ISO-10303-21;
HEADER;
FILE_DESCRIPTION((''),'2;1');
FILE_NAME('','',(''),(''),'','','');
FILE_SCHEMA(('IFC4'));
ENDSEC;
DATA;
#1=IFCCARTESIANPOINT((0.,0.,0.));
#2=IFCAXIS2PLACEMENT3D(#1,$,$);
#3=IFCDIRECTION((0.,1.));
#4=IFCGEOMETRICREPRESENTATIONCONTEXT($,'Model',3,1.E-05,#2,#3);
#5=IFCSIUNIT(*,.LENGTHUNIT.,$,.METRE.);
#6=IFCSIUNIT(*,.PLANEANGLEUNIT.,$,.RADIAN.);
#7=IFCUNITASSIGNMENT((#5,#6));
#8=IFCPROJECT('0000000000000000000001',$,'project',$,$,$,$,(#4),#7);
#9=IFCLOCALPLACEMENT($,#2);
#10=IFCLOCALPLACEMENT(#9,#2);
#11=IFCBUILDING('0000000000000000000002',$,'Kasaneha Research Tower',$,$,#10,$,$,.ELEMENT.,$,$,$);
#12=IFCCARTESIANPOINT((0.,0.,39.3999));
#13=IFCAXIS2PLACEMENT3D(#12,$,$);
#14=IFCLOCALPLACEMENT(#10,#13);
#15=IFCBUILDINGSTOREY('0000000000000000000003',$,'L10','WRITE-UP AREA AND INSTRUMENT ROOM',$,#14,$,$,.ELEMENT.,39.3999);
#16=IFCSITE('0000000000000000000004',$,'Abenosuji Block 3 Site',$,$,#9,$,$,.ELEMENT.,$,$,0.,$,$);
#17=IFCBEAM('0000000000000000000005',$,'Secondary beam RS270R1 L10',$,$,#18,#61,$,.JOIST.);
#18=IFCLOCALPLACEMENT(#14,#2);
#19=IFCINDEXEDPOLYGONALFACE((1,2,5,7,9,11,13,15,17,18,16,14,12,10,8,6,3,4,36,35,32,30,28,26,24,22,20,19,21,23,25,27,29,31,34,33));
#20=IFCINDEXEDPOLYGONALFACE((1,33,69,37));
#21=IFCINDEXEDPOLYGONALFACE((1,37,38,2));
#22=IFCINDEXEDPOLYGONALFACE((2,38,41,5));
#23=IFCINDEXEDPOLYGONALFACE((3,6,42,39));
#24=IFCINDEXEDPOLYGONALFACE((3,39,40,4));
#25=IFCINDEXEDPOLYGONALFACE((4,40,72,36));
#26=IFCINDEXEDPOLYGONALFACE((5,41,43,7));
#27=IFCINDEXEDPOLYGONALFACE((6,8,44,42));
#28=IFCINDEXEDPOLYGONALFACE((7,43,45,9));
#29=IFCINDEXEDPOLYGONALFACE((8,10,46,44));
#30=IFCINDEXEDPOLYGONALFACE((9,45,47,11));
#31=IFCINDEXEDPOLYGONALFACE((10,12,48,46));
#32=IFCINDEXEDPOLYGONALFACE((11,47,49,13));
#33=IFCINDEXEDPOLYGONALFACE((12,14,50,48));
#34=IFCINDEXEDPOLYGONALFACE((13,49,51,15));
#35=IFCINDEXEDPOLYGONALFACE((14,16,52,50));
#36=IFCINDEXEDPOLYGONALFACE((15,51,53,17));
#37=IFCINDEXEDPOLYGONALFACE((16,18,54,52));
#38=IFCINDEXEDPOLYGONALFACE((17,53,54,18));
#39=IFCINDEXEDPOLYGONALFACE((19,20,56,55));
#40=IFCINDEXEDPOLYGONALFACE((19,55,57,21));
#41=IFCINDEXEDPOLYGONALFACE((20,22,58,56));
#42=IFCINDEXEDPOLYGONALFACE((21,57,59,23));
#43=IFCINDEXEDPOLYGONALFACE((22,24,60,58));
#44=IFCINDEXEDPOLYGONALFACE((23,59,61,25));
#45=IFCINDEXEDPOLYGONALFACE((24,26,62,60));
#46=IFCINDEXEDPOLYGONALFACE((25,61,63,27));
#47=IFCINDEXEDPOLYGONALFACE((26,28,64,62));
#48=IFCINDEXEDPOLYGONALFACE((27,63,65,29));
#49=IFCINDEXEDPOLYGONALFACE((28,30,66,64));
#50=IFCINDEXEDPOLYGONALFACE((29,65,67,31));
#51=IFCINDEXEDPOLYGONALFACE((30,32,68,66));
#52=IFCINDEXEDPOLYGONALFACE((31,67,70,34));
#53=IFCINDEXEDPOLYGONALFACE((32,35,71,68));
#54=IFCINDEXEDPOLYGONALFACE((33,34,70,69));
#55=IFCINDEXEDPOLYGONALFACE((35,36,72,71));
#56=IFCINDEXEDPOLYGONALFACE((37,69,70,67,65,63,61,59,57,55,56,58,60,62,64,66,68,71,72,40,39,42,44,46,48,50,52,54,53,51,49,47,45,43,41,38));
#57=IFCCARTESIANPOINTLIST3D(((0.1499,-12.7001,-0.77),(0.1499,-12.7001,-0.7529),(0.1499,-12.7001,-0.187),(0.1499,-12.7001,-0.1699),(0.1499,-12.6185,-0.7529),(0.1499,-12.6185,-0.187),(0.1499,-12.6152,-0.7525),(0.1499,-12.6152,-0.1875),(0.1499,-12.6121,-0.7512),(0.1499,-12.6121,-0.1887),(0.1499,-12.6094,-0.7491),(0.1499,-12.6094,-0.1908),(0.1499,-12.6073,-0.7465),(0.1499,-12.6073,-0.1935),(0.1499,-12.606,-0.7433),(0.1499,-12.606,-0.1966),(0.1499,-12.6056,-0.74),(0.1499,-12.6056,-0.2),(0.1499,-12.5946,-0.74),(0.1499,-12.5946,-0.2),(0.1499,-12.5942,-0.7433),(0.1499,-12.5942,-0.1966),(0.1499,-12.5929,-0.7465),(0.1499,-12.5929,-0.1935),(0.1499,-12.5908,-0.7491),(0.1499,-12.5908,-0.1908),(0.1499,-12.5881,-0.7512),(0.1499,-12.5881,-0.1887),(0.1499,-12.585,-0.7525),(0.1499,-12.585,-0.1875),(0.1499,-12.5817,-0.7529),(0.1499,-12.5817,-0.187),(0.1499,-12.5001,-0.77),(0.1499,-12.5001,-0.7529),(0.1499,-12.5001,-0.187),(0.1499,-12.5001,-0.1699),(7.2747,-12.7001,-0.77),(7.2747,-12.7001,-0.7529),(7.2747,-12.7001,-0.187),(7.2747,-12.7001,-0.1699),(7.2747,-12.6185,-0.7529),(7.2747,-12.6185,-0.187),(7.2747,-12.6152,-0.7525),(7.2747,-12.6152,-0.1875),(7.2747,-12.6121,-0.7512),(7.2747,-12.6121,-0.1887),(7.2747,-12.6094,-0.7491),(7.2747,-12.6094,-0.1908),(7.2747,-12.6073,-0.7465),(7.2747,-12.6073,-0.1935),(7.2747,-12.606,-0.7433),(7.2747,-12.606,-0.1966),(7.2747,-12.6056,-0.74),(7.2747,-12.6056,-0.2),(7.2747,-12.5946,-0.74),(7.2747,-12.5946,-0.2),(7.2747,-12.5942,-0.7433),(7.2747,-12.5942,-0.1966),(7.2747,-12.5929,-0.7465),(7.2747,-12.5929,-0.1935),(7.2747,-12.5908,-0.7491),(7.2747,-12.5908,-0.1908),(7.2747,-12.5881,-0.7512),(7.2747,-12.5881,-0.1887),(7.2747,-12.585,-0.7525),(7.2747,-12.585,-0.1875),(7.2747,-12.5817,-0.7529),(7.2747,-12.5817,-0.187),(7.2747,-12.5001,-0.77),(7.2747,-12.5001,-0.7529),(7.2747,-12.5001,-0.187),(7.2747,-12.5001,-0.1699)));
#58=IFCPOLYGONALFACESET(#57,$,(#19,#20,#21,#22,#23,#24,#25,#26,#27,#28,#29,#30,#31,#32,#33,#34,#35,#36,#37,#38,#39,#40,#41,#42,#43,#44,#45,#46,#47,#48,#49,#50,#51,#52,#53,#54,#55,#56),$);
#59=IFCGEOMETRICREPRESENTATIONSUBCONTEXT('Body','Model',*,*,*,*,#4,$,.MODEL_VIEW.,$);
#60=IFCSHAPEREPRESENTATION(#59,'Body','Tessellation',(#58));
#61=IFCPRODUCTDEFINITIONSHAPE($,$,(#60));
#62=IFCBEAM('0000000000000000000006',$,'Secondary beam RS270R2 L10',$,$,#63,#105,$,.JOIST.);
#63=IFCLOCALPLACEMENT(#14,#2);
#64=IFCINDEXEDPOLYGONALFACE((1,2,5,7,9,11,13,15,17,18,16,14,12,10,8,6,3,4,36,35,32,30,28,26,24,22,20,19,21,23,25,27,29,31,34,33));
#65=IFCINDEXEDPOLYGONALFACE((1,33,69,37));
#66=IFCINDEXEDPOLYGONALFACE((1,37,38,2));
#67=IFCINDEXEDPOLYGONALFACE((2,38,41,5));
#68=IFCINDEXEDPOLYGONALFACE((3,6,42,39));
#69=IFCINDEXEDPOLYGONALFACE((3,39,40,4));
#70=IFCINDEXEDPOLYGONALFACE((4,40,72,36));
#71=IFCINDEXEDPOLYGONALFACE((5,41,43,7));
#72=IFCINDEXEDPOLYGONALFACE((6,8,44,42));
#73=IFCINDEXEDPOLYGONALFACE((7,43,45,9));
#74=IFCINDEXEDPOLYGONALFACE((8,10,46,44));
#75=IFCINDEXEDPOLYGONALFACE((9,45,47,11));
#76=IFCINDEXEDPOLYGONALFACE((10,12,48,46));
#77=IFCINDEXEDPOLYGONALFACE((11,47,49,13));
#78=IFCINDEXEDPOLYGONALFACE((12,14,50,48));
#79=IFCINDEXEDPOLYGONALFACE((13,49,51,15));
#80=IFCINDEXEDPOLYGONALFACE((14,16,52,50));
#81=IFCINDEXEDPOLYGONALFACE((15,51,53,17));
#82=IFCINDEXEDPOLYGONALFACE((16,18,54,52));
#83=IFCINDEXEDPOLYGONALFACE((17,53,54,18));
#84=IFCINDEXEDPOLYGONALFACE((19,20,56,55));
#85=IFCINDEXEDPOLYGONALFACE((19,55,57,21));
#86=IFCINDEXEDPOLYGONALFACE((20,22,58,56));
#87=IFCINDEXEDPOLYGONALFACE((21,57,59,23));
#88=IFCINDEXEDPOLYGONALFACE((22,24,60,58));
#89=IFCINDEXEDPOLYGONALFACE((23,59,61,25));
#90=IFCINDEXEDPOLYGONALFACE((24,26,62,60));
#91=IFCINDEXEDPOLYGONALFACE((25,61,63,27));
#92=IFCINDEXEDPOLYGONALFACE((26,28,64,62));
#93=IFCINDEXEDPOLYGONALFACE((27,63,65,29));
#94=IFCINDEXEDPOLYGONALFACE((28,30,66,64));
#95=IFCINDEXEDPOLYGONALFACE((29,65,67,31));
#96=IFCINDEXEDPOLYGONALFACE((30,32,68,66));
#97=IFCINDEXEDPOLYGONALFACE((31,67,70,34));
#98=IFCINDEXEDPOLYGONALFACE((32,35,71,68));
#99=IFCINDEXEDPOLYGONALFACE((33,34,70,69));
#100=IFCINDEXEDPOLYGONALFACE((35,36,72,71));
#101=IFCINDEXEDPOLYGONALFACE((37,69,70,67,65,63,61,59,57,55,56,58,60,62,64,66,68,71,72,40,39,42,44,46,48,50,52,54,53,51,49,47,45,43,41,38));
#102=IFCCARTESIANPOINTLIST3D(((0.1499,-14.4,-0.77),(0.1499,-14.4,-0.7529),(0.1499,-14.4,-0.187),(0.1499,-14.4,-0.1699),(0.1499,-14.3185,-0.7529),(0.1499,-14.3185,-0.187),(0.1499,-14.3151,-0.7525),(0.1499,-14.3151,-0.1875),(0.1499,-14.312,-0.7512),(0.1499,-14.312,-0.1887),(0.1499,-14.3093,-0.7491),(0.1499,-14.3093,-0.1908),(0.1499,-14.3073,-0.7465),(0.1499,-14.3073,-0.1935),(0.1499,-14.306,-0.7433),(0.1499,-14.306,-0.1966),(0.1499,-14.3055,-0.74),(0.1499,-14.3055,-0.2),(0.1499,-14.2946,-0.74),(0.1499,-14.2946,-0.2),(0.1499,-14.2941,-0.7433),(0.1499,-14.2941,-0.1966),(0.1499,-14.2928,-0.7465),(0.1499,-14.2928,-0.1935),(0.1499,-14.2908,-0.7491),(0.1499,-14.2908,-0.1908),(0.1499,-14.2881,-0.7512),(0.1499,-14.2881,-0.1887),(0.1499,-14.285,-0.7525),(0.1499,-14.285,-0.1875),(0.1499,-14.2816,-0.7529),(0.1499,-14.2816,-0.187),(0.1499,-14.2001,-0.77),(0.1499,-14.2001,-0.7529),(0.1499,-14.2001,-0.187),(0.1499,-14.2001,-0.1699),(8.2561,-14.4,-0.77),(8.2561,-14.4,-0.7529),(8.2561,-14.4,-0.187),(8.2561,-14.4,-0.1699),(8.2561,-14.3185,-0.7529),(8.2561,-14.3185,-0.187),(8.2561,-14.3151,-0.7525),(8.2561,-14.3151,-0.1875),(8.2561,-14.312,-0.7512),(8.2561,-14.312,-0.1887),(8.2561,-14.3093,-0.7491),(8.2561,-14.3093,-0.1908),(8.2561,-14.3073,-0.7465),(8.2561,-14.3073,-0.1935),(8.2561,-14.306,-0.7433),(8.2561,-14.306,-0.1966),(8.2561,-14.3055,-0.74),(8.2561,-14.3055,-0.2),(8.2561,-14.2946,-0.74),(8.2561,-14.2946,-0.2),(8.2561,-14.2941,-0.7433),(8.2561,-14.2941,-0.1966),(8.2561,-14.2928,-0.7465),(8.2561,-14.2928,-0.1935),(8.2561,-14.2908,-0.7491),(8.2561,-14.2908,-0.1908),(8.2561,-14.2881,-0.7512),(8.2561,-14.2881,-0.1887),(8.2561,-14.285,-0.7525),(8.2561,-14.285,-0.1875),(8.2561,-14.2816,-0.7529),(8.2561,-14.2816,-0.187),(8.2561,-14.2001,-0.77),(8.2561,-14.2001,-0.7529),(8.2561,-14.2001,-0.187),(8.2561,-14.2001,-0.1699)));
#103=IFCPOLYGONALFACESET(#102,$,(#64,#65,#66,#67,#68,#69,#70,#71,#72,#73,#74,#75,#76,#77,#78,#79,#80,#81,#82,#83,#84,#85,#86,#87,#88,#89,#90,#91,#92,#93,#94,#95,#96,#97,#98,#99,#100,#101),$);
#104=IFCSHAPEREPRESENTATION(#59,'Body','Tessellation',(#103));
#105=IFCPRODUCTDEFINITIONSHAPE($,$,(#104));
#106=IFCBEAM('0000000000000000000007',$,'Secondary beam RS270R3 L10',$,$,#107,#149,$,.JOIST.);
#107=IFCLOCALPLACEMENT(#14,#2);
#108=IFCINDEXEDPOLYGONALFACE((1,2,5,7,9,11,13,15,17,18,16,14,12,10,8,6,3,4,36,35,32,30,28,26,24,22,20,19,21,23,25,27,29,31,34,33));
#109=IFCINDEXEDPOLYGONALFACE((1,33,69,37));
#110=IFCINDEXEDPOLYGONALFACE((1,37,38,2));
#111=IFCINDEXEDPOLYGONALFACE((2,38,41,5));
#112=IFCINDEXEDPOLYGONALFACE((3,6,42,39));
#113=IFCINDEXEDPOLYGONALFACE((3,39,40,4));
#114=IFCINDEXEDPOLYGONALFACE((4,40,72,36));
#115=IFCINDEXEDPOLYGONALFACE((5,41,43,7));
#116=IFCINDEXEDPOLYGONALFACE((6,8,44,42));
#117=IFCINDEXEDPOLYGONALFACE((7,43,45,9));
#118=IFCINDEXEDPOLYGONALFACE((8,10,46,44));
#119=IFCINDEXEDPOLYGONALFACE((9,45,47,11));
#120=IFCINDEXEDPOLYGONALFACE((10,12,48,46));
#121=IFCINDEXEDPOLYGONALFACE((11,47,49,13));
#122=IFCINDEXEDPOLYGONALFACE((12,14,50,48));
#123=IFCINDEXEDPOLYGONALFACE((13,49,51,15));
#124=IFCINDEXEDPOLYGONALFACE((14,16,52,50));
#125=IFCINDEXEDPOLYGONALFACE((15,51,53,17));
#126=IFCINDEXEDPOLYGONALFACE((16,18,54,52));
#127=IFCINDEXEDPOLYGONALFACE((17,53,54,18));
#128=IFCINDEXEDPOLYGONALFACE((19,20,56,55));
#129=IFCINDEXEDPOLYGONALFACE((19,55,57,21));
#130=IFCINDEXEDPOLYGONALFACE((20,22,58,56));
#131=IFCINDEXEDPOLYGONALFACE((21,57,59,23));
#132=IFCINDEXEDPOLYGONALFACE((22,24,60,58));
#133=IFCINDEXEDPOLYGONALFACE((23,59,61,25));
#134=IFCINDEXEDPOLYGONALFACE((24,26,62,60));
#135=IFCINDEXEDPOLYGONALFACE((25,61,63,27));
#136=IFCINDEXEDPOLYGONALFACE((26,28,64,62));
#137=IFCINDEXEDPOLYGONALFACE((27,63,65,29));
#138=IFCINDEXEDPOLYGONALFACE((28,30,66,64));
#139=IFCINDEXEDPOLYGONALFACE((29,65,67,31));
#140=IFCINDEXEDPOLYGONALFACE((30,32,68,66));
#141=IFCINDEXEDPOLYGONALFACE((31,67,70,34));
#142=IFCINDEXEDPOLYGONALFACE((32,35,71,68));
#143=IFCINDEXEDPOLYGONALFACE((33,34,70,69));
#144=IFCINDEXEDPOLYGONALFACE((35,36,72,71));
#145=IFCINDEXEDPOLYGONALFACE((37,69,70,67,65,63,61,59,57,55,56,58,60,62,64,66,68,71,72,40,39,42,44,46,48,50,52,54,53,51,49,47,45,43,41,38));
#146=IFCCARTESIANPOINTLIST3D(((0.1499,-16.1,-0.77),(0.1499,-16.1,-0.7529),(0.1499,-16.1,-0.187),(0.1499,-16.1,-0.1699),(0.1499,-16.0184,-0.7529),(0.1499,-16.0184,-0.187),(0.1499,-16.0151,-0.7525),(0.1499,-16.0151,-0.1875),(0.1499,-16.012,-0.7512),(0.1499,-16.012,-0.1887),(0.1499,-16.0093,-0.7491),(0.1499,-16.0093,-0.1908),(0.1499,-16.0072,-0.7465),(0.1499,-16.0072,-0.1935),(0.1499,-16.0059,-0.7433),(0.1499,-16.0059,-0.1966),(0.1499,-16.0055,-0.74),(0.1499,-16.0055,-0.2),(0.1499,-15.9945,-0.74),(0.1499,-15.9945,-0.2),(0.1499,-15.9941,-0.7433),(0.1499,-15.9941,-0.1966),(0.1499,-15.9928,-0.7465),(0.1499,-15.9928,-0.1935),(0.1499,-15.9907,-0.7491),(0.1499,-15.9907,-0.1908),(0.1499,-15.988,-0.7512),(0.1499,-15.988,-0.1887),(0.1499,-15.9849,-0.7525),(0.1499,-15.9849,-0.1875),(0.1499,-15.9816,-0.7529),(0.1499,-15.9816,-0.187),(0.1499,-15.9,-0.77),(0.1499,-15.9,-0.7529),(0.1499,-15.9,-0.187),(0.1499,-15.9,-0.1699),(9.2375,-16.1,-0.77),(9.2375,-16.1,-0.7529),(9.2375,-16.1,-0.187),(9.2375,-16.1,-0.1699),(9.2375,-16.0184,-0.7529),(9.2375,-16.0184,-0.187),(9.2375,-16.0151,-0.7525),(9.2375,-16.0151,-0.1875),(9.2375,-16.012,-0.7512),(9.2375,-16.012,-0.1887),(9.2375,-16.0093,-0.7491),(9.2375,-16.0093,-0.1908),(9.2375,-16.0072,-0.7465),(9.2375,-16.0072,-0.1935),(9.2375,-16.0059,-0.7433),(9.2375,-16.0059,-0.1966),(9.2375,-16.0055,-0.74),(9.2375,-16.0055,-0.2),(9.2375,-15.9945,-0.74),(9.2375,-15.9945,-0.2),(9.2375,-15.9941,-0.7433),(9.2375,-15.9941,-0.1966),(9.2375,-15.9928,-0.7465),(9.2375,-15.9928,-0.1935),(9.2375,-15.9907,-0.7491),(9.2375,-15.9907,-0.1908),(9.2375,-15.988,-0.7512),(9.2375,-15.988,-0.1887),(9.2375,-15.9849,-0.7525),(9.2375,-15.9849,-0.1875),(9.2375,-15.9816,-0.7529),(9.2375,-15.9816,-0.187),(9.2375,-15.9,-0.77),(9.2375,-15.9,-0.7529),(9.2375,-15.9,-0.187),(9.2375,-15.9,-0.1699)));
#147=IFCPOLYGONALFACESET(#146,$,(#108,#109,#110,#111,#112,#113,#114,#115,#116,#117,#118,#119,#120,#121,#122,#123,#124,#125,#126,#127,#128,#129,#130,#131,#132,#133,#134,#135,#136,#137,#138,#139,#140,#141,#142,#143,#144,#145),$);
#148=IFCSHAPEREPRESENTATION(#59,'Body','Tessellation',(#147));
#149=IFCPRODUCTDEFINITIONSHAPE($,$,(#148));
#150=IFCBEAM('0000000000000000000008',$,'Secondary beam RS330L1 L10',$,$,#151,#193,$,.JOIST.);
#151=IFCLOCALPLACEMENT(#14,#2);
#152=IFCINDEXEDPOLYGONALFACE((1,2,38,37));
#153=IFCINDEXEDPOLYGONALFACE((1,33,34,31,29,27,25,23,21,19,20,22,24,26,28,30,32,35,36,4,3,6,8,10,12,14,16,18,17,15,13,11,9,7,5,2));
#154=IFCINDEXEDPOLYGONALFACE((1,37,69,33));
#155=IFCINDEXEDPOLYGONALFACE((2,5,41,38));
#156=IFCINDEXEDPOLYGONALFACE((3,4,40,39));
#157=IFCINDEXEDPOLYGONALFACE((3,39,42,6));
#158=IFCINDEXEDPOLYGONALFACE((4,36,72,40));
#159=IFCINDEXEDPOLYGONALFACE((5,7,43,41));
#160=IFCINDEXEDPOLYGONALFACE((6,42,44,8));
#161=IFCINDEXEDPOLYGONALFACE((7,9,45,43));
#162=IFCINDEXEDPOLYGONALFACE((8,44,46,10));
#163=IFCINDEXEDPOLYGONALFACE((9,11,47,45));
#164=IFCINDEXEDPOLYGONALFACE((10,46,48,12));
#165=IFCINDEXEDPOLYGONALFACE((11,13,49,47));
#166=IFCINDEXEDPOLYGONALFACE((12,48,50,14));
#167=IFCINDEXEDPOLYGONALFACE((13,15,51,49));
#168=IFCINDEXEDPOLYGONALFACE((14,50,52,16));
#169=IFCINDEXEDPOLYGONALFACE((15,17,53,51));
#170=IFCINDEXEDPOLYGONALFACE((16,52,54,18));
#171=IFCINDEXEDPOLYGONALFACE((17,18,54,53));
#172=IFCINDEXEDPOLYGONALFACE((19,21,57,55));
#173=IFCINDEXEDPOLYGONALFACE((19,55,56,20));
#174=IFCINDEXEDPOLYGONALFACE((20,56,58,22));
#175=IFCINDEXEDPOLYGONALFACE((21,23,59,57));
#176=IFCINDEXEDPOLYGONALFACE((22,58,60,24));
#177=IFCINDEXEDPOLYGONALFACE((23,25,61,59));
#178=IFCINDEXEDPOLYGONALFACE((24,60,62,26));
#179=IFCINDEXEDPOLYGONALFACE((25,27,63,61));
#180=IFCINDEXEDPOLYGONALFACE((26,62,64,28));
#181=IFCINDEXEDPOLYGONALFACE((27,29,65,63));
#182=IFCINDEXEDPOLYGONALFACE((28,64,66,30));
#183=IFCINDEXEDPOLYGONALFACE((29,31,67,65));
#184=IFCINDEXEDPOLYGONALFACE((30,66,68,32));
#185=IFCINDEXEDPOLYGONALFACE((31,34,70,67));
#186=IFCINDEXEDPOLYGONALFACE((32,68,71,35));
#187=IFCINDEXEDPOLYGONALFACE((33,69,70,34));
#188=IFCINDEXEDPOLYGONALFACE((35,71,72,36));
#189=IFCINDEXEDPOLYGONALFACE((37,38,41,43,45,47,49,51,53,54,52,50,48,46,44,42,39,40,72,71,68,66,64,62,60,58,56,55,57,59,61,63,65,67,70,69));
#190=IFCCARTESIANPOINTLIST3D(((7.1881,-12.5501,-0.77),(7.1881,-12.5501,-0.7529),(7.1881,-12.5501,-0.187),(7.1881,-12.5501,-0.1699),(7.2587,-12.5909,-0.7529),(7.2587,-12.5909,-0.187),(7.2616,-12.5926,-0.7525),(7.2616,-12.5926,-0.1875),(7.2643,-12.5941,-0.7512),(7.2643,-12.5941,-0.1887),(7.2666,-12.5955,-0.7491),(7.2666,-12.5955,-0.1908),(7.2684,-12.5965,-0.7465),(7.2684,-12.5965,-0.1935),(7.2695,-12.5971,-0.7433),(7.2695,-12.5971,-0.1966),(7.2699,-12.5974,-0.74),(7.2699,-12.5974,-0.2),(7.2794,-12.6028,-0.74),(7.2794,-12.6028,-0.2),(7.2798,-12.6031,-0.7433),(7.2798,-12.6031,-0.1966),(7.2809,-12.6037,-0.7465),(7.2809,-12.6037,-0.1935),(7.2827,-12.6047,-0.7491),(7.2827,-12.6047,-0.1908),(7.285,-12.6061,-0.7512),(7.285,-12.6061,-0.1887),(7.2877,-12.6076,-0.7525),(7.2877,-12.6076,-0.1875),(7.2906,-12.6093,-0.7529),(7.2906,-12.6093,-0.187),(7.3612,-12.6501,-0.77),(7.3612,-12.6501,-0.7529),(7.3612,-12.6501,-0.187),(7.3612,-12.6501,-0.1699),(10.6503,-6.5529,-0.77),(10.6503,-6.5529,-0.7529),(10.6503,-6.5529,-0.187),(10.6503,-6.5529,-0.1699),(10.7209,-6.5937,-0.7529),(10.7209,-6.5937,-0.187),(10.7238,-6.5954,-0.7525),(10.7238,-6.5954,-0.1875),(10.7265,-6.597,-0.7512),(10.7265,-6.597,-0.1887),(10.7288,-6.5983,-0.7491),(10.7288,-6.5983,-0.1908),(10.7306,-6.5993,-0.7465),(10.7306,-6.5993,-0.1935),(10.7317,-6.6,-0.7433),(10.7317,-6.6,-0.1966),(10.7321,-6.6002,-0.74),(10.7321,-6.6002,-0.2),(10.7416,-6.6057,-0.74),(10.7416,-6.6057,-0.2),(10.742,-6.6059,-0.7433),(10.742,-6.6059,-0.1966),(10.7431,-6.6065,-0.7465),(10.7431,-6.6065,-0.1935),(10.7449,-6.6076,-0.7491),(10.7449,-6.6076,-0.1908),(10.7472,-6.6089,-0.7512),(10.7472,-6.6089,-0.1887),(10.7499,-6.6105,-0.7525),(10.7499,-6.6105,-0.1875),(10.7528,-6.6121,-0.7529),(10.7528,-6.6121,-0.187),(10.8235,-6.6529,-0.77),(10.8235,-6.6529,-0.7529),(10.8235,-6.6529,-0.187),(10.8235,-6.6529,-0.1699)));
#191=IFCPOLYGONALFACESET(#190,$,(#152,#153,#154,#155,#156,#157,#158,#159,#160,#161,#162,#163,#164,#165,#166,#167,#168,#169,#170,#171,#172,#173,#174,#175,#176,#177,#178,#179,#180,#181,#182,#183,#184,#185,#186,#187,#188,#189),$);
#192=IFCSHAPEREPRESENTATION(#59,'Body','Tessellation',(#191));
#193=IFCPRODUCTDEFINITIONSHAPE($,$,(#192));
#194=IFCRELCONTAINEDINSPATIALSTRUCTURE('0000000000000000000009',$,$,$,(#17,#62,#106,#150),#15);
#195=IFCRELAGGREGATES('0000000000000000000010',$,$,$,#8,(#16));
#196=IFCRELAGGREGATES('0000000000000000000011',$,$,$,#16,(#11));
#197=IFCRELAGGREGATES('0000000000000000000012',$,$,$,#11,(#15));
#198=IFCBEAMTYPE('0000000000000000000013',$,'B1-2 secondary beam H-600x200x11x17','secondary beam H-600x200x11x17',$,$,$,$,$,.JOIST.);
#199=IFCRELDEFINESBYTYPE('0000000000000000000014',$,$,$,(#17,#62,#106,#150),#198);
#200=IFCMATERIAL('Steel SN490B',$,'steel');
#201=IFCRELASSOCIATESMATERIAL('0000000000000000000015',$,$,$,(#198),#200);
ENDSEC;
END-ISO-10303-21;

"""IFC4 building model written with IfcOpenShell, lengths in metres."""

from ifc_helpers import new_model, si_unit, direction, frame, origin, origin_2d, place, context, subcontext, project, spatial, i_section, extrude, material, material_profile, profile_set, type_object, element, save


model = new_model("IFC4")

# Units and contexts
model_context = context("Model", 3, precision=1e-05, world=origin(), true_north=direction((0.0, 1.0)))
body_context = subcontext(model_context, "Body", "Model", "MODEL_VIEW")
ifc_project = project(units=[si_unit("LENGTHUNIT", "METRE"), si_unit("PLANEANGLEUNIT", "RADIAN")], contexts=[model_context])

# Site, building, storey
site_placement = place(None, origin())
site = spatial("IfcSite", under=ifc_project, at=site_placement, Name="Abenosuji Block 3 Site", CompositionType="ELEMENT", RefElevation=0.0)
building_placement = place(site_placement, origin())
building = spatial("IfcBuilding", under=site, at=building_placement, Name="Kasaneha Research Tower", CompositionType="ELEMENT")
storey_placement = place(building_placement, frame((0.0, 0.0, 39.3999)))
storey = spatial("IfcBuildingStorey", under=building, at=storey_placement, Name="L10", Description="WRITE-UP AREA AND INSTRUMENT ROOM", CompositionType="ELEMENT", Elevation=39.3999)

# Beams
ifc_material_1 = material(Name="Steel SN490B", Category="steel")
ifc_material_profile_1 = material_profile(ifc_material_1, i_section(OverallWidth=0.2, OverallDepth=0.6001, WebThickness=0.011, FlangeThickness=0.0171, FilletRadius=0.0129, at=origin_2d()), Name="H-600x200x11x17")
ifc_profile_set_1 = profile_set([ifc_material_profile_1], Name="Steel SN490B")
beam_type_1 = type_object("IfcBeamType", Name="B1-2 secondary beam H-600x200x11x17", Description="secondary beam H-600x200x11x17", PredefinedType="JOIST", material=ifc_profile_set_1)
beam_1_placement = place(storey_placement, frame((7.2747, -12.6001, -0.47), z_axis=(-1.0, 0.0, 0.0), x_axis=(0.0, -1.0, 0.0)))
element("IfcBeam", 1, at=beam_1_placement, inside=storey, type_object=beam_type_1, Name="Secondary beam RS270R1 L10", PredefinedType="JOIST", context=body_context, shape_type="SweptSolid", body=[
    extrude(i_section(OverallWidth=0.2, OverallDepth=0.6001, WebThickness=0.011, FlangeThickness=0.0171, FilletRadius=0.0129, at=origin_2d()), origin(), (0.0, 0.0, 1.0), 7.1248),
])
beam_2_placement = place(storey_placement, frame((8.2561, -14.3, -0.47), z_axis=(-1.0, 0.0, 0.0), x_axis=(0.0, -1.0, 0.0)))
element("IfcBeam", 2, at=beam_2_placement, inside=storey, type_object=beam_type_1, Name="Secondary beam RS270R2 L10", PredefinedType="JOIST", context=body_context, shape_type="SweptSolid", body=[
    extrude(i_section(OverallWidth=0.2, OverallDepth=0.6001, WebThickness=0.011, FlangeThickness=0.0171, FilletRadius=0.0129, at=origin_2d()), origin(), (0.0, 0.0, 1.0), 8.1062),
])
beam_3_placement = place(storey_placement, frame((9.2375, -16.0, -0.47), z_axis=(-1.0, 0.0, 0.0), x_axis=(0.0, -1.0, 0.0)))
element("IfcBeam", 3, at=beam_3_placement, inside=storey, type_object=beam_type_1, Name="Secondary beam RS270R3 L10", PredefinedType="JOIST", context=body_context, shape_type="SweptSolid", body=[
    extrude(i_section(OverallWidth=0.2, OverallDepth=0.6001, WebThickness=0.011, FlangeThickness=0.0171, FilletRadius=0.0129, at=origin_2d()), origin(), (0.0, 0.0, 1.0), 9.0876),
])
beam_4_placement = place(storey_placement, frame((7.2747, -12.6001, -0.47), z_axis=(0.499973, 0.866041, 0.0), x_axis=(-0.866041, 0.499973, 0.0)))
element("IfcBeam", 4, at=beam_4_placement, inside=storey, type_object=beam_type_1, Name="Secondary beam RS330L1 L10", PredefinedType="JOIST", context=body_context, shape_type="SweptSolid", body=[
    extrude(i_section(OverallWidth=0.2, OverallDepth=0.6001, WebThickness=0.011, FlangeThickness=0.0171, FilletRadius=0.0129, at=origin_2d()), origin(), (0.0, 0.0, 1.0), 6.9248),
])

save(model, "model.ifc")
